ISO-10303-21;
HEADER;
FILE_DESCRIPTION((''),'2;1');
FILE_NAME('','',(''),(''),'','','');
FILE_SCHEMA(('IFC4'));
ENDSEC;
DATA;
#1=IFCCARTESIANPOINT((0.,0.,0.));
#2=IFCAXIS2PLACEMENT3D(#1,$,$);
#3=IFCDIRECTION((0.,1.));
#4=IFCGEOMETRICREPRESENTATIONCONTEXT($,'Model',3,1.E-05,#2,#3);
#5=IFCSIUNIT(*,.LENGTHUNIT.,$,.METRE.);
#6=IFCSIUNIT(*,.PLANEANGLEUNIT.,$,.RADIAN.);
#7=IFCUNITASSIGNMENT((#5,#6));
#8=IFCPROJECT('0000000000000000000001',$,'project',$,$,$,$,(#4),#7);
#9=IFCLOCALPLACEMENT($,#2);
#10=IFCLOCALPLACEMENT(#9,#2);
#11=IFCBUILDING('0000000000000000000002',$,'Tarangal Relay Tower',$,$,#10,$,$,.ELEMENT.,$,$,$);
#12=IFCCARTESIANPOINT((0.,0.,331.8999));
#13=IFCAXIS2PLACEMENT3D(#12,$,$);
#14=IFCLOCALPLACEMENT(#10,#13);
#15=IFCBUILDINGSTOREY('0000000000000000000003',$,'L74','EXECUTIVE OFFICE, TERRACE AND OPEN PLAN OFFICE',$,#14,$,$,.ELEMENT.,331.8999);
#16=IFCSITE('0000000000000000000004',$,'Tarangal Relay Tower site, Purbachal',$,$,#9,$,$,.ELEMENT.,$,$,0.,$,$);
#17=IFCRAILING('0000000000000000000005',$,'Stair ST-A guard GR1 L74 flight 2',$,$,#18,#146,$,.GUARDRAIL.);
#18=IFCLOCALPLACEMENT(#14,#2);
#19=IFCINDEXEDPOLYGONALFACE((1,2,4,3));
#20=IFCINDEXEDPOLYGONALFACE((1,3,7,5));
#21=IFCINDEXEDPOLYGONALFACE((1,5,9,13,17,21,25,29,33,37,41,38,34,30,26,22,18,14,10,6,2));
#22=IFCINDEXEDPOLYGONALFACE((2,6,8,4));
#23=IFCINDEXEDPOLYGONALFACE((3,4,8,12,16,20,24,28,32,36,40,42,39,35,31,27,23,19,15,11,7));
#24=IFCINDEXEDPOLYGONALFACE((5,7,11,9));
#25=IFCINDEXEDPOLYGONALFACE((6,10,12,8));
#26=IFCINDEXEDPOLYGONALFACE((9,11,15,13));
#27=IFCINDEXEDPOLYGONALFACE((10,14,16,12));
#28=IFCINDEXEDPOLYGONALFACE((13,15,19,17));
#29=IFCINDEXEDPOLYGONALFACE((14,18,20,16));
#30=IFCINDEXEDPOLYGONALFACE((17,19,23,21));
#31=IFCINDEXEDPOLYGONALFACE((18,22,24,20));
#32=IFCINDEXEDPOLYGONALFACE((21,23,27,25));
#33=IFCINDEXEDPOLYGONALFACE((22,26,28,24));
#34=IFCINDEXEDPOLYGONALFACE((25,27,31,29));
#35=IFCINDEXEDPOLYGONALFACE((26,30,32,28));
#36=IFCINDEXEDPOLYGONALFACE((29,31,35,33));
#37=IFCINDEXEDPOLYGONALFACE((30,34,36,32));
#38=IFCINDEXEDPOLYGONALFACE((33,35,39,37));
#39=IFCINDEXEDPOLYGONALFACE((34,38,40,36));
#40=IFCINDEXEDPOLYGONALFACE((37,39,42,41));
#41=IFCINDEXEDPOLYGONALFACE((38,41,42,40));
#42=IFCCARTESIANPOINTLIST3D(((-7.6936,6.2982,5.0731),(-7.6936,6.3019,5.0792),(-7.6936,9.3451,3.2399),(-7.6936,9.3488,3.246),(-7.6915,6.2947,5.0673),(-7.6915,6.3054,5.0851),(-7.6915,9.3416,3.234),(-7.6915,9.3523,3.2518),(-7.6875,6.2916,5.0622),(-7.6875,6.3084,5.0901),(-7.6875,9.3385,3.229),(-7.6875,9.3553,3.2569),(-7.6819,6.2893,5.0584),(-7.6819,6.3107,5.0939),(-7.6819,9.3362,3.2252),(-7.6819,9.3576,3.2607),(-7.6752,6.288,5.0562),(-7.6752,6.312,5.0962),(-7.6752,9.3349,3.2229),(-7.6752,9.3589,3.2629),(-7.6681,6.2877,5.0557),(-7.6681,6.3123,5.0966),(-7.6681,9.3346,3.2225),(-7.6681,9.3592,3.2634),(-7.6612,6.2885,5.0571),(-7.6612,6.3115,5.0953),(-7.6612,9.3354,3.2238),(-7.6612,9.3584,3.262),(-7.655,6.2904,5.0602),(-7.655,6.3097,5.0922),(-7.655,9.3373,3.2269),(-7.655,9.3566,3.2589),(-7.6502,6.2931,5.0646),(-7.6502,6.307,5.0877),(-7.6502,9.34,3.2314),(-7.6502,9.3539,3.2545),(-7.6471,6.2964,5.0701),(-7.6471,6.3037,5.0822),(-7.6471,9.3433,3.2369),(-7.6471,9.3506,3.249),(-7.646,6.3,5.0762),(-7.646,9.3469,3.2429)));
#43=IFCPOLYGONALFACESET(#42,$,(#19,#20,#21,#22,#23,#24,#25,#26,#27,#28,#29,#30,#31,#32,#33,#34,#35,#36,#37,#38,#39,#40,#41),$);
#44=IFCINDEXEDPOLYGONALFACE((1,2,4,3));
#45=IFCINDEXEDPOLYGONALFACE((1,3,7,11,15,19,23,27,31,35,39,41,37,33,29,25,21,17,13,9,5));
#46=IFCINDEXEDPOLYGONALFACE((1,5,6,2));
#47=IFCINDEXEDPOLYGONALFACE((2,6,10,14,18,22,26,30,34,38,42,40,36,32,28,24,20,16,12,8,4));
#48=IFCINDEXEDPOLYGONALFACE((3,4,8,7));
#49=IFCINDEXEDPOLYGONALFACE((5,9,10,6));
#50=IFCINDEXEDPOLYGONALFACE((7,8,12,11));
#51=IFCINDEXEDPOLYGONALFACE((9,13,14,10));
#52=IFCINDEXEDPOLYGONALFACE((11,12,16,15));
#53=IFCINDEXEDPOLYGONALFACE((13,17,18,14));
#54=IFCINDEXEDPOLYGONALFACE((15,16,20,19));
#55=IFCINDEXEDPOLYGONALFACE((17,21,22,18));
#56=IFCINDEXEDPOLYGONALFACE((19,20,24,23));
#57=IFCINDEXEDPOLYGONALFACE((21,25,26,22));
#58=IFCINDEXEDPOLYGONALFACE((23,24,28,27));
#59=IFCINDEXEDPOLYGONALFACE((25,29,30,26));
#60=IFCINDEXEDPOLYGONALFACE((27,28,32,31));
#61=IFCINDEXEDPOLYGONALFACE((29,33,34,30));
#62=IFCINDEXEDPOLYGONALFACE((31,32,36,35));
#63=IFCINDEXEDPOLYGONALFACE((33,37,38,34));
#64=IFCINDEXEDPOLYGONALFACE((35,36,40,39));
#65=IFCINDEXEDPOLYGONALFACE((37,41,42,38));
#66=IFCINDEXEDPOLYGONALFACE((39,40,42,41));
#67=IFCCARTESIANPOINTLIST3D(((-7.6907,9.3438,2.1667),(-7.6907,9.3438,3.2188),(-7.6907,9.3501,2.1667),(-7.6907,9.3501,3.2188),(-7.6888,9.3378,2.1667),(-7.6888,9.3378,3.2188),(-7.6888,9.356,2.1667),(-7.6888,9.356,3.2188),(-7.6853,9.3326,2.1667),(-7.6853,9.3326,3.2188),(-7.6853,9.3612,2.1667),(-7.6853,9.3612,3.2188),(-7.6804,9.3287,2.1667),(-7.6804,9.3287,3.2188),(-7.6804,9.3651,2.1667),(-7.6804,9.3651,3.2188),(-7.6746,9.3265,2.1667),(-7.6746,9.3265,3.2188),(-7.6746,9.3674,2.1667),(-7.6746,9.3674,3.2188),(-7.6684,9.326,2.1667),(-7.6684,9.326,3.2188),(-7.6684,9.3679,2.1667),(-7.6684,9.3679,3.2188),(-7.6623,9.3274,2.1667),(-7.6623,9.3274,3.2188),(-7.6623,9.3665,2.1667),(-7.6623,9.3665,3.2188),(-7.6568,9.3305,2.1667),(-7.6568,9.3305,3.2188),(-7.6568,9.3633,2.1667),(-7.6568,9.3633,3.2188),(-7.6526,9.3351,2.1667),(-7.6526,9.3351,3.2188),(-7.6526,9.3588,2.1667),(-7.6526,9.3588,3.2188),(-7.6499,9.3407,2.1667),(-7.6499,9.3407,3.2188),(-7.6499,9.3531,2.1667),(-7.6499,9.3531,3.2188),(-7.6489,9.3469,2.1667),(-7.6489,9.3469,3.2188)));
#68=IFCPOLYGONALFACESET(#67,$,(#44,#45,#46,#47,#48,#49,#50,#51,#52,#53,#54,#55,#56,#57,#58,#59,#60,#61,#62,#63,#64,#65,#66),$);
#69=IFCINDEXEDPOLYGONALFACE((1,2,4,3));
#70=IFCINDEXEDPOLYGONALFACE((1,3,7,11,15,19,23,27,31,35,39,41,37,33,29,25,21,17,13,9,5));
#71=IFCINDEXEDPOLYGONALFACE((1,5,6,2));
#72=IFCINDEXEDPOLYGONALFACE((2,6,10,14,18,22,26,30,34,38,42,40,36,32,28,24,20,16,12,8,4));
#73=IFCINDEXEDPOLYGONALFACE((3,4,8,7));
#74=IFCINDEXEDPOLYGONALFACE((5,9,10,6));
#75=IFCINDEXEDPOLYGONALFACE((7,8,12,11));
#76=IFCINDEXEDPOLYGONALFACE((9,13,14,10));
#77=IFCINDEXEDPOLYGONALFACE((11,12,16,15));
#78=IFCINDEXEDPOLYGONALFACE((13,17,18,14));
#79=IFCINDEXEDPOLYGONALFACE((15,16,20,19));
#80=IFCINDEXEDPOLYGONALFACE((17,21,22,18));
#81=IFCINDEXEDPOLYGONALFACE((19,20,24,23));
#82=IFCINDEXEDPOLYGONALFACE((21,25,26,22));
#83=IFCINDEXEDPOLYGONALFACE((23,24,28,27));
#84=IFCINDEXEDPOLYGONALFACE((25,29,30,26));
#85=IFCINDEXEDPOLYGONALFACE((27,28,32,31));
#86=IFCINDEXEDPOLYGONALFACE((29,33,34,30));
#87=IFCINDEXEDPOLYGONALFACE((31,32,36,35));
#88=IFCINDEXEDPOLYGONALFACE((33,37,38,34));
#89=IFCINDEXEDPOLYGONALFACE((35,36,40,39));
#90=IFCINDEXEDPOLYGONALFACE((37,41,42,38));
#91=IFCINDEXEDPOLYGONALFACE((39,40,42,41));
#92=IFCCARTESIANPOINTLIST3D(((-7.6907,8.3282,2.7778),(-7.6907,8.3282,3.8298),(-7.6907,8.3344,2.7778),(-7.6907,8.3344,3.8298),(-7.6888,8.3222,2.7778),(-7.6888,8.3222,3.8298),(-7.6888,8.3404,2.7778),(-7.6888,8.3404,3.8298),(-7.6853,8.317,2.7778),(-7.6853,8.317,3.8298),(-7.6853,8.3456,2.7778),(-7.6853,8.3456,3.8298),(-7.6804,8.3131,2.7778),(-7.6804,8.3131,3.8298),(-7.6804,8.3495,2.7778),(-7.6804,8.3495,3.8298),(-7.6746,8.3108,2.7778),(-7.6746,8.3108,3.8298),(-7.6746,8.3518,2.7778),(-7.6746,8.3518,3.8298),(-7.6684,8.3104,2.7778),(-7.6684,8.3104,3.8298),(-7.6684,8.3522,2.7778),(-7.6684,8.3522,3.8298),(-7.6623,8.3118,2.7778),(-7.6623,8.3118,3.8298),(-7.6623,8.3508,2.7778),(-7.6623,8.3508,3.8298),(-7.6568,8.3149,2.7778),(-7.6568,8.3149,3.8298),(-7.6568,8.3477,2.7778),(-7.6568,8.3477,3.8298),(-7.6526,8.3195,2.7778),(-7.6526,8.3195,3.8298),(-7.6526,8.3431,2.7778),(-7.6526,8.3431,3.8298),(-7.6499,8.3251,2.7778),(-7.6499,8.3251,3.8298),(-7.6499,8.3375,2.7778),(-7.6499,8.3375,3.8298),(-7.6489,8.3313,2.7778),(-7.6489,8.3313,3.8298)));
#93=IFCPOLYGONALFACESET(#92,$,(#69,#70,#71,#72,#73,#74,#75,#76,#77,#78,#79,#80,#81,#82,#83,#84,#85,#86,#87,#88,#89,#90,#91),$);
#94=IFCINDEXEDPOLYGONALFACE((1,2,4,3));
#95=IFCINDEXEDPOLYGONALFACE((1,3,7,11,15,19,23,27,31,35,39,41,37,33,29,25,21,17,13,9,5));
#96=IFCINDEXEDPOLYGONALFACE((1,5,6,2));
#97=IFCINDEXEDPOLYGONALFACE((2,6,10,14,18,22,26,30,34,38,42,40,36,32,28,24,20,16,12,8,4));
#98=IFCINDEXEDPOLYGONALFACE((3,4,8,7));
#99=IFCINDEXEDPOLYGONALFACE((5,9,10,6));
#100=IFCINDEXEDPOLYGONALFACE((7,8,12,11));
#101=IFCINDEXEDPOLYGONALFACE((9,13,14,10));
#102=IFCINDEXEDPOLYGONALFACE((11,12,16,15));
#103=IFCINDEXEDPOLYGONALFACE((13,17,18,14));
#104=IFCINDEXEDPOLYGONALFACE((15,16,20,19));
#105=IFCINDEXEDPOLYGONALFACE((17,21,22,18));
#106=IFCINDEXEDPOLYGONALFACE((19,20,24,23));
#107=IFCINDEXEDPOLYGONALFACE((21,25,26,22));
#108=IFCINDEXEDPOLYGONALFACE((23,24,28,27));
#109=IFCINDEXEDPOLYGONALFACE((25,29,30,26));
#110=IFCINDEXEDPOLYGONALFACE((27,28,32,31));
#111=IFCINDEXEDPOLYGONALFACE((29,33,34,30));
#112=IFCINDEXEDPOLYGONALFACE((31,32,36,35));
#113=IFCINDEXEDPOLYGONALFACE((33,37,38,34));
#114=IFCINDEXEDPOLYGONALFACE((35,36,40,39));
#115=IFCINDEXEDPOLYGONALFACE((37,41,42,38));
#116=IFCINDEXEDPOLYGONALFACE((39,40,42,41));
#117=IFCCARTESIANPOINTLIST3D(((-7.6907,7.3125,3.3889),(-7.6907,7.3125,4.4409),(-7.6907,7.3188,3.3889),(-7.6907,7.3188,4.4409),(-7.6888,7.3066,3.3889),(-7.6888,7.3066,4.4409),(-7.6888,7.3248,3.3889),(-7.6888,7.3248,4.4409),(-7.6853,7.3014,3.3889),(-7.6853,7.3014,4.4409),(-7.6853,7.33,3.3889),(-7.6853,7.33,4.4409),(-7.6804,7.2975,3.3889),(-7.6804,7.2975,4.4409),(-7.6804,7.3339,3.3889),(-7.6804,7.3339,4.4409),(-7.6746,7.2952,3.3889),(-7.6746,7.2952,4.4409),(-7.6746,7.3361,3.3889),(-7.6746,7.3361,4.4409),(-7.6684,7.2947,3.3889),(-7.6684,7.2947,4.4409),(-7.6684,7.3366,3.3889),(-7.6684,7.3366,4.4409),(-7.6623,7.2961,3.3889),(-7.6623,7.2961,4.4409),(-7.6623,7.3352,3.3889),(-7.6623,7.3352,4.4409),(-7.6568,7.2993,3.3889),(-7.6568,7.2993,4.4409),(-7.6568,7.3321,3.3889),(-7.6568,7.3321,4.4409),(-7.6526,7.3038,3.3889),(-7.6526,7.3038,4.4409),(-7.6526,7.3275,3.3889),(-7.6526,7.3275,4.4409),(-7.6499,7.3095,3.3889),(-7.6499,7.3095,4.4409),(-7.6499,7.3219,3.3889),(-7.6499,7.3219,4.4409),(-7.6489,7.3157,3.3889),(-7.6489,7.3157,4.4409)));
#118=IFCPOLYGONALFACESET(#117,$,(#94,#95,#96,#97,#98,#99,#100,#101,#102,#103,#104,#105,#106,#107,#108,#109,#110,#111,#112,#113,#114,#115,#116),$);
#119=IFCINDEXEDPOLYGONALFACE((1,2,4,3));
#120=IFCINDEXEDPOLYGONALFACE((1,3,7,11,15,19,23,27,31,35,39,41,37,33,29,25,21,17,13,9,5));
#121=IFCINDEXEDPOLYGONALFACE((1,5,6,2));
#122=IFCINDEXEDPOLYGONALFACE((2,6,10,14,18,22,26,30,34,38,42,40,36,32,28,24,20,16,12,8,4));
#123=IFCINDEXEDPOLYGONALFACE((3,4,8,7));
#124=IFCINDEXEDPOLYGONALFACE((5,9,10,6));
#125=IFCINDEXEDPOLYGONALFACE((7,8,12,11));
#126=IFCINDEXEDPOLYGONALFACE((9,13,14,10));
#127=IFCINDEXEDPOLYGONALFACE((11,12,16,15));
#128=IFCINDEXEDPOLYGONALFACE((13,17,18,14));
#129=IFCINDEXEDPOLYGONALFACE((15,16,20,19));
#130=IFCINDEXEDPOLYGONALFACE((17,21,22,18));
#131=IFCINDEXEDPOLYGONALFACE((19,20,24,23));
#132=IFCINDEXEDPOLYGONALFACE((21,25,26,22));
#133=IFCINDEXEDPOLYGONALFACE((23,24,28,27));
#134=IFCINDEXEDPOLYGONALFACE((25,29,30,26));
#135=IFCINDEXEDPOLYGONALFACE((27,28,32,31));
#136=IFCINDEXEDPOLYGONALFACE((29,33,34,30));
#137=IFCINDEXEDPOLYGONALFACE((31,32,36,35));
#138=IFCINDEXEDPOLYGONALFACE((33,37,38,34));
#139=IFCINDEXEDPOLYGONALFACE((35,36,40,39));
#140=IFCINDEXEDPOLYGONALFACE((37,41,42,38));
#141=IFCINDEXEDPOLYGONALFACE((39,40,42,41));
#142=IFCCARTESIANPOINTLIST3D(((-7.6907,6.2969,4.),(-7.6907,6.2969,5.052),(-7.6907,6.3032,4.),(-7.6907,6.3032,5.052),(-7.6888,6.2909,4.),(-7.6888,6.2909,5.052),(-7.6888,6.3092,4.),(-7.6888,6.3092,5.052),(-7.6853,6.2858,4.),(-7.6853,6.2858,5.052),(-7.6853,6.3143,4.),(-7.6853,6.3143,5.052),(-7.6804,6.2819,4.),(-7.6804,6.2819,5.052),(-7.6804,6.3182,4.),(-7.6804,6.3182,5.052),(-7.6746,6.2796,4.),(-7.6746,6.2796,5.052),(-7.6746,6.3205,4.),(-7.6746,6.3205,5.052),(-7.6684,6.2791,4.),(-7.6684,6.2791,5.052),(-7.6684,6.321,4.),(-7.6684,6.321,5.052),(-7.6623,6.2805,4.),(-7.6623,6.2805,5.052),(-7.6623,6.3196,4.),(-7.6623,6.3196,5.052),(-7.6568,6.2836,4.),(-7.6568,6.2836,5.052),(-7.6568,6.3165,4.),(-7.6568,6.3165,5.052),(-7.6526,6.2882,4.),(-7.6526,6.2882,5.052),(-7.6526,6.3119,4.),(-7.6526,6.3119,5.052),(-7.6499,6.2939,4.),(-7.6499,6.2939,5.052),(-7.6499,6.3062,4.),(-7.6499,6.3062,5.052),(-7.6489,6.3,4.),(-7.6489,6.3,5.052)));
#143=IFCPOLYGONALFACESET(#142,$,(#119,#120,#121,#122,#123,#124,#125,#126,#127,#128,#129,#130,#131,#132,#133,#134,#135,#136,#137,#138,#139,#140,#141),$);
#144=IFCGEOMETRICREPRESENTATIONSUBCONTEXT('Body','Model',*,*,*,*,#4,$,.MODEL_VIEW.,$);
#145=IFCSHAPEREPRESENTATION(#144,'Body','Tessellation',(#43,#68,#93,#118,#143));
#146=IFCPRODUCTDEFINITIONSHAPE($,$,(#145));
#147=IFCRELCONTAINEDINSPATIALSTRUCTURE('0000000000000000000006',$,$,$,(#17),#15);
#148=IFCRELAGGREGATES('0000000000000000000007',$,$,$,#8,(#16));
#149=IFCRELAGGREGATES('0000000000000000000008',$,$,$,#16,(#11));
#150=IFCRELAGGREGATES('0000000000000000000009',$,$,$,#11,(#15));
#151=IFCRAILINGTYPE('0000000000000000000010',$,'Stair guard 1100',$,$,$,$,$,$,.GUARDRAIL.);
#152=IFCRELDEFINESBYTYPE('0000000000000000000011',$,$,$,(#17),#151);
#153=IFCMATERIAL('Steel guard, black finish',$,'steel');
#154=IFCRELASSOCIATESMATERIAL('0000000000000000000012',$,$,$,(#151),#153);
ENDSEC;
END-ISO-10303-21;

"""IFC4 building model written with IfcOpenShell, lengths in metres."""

from ifc_helpers import new_model, si_unit, direction, frame, origin, origin_2d, place, context, subcontext, project, spatial, circle, extrude, material, type_object, element, save


model = new_model("IFC4")

# Units and contexts
model_context = context("Model", 3, precision=1e-05, world=origin(), true_north=direction((0.0, 1.0)))
body_context = subcontext(model_context, "Body", "Model", "MODEL_VIEW")
ifc_project = project(units=[si_unit("LENGTHUNIT", "METRE"), si_unit("PLANEANGLEUNIT", "RADIAN")], contexts=[model_context])

# Site, building, storey
site_placement = place(None, origin())
site = spatial("IfcSite", under=ifc_project, at=site_placement, Name="Tarangal Relay Tower site, Purbachal", CompositionType="ELEMENT", RefElevation=0.0)
building_placement = place(site_placement, origin())
building = spatial("IfcBuilding", under=site, at=building_placement, Name="Tarangal Relay Tower", CompositionType="ELEMENT")
storey_placement = place(building_placement, frame((0.0, 0.0, 331.8999)))
storey = spatial("IfcBuildingStorey", under=building, at=storey_placement, Name="L74", Description="EXECUTIVE OFFICE, TERRACE AND OPEN PLAN OFFICE", CompositionType="ELEMENT", Elevation=331.8999)

# Railing
ifc_material_1 = material(Name="Steel guard, black finish", Category="steel")
railing_type_1 = type_object("IfcRailingType", Name="Stair guard 1100", PredefinedType="GUARDRAIL", material=ifc_material_1)
railing_1_placement = place(storey_placement, frame((-7.6699, 9.3469, 2.1667)))
element("IfcRailing", 1, at=railing_1_placement, inside=storey, type_object=railing_type_1, Name="Stair ST-A guard GR1 L74 flight 2", PredefinedType="GUARDRAIL", context=body_context, shape_type="SweptSolid", body=[
    extrude(circle(Radius=0.0239, at=origin_2d()), frame((0.0, 0.0, 1.0762), z_axis=(0.0, -0.856856, 0.515556), x_axis=(1.0, 0.0, 0.0)), (0.0, 0.0, 1.0), 3.5559),
    extrude(circle(Radius=0.021, at=origin_2d()), origin(), (0.0, 0.0, 1.0), 1.052),
    extrude(circle(Radius=0.021, at=origin_2d()), frame((0.0, -1.0156, 0.6111)), (0.0, 0.0, 1.0), 1.052),
    extrude(circle(Radius=0.021, at=origin_2d()), frame((0.0, -2.0312, 1.2222)), (0.0, 0.0, 1.0), 1.052),
    extrude(circle(Radius=0.021, at=origin_2d()), frame((0.0, -3.0469, 1.8333)), (0.0, 0.0, 1.0), 1.052),
])

save(model, "model.ifc")
